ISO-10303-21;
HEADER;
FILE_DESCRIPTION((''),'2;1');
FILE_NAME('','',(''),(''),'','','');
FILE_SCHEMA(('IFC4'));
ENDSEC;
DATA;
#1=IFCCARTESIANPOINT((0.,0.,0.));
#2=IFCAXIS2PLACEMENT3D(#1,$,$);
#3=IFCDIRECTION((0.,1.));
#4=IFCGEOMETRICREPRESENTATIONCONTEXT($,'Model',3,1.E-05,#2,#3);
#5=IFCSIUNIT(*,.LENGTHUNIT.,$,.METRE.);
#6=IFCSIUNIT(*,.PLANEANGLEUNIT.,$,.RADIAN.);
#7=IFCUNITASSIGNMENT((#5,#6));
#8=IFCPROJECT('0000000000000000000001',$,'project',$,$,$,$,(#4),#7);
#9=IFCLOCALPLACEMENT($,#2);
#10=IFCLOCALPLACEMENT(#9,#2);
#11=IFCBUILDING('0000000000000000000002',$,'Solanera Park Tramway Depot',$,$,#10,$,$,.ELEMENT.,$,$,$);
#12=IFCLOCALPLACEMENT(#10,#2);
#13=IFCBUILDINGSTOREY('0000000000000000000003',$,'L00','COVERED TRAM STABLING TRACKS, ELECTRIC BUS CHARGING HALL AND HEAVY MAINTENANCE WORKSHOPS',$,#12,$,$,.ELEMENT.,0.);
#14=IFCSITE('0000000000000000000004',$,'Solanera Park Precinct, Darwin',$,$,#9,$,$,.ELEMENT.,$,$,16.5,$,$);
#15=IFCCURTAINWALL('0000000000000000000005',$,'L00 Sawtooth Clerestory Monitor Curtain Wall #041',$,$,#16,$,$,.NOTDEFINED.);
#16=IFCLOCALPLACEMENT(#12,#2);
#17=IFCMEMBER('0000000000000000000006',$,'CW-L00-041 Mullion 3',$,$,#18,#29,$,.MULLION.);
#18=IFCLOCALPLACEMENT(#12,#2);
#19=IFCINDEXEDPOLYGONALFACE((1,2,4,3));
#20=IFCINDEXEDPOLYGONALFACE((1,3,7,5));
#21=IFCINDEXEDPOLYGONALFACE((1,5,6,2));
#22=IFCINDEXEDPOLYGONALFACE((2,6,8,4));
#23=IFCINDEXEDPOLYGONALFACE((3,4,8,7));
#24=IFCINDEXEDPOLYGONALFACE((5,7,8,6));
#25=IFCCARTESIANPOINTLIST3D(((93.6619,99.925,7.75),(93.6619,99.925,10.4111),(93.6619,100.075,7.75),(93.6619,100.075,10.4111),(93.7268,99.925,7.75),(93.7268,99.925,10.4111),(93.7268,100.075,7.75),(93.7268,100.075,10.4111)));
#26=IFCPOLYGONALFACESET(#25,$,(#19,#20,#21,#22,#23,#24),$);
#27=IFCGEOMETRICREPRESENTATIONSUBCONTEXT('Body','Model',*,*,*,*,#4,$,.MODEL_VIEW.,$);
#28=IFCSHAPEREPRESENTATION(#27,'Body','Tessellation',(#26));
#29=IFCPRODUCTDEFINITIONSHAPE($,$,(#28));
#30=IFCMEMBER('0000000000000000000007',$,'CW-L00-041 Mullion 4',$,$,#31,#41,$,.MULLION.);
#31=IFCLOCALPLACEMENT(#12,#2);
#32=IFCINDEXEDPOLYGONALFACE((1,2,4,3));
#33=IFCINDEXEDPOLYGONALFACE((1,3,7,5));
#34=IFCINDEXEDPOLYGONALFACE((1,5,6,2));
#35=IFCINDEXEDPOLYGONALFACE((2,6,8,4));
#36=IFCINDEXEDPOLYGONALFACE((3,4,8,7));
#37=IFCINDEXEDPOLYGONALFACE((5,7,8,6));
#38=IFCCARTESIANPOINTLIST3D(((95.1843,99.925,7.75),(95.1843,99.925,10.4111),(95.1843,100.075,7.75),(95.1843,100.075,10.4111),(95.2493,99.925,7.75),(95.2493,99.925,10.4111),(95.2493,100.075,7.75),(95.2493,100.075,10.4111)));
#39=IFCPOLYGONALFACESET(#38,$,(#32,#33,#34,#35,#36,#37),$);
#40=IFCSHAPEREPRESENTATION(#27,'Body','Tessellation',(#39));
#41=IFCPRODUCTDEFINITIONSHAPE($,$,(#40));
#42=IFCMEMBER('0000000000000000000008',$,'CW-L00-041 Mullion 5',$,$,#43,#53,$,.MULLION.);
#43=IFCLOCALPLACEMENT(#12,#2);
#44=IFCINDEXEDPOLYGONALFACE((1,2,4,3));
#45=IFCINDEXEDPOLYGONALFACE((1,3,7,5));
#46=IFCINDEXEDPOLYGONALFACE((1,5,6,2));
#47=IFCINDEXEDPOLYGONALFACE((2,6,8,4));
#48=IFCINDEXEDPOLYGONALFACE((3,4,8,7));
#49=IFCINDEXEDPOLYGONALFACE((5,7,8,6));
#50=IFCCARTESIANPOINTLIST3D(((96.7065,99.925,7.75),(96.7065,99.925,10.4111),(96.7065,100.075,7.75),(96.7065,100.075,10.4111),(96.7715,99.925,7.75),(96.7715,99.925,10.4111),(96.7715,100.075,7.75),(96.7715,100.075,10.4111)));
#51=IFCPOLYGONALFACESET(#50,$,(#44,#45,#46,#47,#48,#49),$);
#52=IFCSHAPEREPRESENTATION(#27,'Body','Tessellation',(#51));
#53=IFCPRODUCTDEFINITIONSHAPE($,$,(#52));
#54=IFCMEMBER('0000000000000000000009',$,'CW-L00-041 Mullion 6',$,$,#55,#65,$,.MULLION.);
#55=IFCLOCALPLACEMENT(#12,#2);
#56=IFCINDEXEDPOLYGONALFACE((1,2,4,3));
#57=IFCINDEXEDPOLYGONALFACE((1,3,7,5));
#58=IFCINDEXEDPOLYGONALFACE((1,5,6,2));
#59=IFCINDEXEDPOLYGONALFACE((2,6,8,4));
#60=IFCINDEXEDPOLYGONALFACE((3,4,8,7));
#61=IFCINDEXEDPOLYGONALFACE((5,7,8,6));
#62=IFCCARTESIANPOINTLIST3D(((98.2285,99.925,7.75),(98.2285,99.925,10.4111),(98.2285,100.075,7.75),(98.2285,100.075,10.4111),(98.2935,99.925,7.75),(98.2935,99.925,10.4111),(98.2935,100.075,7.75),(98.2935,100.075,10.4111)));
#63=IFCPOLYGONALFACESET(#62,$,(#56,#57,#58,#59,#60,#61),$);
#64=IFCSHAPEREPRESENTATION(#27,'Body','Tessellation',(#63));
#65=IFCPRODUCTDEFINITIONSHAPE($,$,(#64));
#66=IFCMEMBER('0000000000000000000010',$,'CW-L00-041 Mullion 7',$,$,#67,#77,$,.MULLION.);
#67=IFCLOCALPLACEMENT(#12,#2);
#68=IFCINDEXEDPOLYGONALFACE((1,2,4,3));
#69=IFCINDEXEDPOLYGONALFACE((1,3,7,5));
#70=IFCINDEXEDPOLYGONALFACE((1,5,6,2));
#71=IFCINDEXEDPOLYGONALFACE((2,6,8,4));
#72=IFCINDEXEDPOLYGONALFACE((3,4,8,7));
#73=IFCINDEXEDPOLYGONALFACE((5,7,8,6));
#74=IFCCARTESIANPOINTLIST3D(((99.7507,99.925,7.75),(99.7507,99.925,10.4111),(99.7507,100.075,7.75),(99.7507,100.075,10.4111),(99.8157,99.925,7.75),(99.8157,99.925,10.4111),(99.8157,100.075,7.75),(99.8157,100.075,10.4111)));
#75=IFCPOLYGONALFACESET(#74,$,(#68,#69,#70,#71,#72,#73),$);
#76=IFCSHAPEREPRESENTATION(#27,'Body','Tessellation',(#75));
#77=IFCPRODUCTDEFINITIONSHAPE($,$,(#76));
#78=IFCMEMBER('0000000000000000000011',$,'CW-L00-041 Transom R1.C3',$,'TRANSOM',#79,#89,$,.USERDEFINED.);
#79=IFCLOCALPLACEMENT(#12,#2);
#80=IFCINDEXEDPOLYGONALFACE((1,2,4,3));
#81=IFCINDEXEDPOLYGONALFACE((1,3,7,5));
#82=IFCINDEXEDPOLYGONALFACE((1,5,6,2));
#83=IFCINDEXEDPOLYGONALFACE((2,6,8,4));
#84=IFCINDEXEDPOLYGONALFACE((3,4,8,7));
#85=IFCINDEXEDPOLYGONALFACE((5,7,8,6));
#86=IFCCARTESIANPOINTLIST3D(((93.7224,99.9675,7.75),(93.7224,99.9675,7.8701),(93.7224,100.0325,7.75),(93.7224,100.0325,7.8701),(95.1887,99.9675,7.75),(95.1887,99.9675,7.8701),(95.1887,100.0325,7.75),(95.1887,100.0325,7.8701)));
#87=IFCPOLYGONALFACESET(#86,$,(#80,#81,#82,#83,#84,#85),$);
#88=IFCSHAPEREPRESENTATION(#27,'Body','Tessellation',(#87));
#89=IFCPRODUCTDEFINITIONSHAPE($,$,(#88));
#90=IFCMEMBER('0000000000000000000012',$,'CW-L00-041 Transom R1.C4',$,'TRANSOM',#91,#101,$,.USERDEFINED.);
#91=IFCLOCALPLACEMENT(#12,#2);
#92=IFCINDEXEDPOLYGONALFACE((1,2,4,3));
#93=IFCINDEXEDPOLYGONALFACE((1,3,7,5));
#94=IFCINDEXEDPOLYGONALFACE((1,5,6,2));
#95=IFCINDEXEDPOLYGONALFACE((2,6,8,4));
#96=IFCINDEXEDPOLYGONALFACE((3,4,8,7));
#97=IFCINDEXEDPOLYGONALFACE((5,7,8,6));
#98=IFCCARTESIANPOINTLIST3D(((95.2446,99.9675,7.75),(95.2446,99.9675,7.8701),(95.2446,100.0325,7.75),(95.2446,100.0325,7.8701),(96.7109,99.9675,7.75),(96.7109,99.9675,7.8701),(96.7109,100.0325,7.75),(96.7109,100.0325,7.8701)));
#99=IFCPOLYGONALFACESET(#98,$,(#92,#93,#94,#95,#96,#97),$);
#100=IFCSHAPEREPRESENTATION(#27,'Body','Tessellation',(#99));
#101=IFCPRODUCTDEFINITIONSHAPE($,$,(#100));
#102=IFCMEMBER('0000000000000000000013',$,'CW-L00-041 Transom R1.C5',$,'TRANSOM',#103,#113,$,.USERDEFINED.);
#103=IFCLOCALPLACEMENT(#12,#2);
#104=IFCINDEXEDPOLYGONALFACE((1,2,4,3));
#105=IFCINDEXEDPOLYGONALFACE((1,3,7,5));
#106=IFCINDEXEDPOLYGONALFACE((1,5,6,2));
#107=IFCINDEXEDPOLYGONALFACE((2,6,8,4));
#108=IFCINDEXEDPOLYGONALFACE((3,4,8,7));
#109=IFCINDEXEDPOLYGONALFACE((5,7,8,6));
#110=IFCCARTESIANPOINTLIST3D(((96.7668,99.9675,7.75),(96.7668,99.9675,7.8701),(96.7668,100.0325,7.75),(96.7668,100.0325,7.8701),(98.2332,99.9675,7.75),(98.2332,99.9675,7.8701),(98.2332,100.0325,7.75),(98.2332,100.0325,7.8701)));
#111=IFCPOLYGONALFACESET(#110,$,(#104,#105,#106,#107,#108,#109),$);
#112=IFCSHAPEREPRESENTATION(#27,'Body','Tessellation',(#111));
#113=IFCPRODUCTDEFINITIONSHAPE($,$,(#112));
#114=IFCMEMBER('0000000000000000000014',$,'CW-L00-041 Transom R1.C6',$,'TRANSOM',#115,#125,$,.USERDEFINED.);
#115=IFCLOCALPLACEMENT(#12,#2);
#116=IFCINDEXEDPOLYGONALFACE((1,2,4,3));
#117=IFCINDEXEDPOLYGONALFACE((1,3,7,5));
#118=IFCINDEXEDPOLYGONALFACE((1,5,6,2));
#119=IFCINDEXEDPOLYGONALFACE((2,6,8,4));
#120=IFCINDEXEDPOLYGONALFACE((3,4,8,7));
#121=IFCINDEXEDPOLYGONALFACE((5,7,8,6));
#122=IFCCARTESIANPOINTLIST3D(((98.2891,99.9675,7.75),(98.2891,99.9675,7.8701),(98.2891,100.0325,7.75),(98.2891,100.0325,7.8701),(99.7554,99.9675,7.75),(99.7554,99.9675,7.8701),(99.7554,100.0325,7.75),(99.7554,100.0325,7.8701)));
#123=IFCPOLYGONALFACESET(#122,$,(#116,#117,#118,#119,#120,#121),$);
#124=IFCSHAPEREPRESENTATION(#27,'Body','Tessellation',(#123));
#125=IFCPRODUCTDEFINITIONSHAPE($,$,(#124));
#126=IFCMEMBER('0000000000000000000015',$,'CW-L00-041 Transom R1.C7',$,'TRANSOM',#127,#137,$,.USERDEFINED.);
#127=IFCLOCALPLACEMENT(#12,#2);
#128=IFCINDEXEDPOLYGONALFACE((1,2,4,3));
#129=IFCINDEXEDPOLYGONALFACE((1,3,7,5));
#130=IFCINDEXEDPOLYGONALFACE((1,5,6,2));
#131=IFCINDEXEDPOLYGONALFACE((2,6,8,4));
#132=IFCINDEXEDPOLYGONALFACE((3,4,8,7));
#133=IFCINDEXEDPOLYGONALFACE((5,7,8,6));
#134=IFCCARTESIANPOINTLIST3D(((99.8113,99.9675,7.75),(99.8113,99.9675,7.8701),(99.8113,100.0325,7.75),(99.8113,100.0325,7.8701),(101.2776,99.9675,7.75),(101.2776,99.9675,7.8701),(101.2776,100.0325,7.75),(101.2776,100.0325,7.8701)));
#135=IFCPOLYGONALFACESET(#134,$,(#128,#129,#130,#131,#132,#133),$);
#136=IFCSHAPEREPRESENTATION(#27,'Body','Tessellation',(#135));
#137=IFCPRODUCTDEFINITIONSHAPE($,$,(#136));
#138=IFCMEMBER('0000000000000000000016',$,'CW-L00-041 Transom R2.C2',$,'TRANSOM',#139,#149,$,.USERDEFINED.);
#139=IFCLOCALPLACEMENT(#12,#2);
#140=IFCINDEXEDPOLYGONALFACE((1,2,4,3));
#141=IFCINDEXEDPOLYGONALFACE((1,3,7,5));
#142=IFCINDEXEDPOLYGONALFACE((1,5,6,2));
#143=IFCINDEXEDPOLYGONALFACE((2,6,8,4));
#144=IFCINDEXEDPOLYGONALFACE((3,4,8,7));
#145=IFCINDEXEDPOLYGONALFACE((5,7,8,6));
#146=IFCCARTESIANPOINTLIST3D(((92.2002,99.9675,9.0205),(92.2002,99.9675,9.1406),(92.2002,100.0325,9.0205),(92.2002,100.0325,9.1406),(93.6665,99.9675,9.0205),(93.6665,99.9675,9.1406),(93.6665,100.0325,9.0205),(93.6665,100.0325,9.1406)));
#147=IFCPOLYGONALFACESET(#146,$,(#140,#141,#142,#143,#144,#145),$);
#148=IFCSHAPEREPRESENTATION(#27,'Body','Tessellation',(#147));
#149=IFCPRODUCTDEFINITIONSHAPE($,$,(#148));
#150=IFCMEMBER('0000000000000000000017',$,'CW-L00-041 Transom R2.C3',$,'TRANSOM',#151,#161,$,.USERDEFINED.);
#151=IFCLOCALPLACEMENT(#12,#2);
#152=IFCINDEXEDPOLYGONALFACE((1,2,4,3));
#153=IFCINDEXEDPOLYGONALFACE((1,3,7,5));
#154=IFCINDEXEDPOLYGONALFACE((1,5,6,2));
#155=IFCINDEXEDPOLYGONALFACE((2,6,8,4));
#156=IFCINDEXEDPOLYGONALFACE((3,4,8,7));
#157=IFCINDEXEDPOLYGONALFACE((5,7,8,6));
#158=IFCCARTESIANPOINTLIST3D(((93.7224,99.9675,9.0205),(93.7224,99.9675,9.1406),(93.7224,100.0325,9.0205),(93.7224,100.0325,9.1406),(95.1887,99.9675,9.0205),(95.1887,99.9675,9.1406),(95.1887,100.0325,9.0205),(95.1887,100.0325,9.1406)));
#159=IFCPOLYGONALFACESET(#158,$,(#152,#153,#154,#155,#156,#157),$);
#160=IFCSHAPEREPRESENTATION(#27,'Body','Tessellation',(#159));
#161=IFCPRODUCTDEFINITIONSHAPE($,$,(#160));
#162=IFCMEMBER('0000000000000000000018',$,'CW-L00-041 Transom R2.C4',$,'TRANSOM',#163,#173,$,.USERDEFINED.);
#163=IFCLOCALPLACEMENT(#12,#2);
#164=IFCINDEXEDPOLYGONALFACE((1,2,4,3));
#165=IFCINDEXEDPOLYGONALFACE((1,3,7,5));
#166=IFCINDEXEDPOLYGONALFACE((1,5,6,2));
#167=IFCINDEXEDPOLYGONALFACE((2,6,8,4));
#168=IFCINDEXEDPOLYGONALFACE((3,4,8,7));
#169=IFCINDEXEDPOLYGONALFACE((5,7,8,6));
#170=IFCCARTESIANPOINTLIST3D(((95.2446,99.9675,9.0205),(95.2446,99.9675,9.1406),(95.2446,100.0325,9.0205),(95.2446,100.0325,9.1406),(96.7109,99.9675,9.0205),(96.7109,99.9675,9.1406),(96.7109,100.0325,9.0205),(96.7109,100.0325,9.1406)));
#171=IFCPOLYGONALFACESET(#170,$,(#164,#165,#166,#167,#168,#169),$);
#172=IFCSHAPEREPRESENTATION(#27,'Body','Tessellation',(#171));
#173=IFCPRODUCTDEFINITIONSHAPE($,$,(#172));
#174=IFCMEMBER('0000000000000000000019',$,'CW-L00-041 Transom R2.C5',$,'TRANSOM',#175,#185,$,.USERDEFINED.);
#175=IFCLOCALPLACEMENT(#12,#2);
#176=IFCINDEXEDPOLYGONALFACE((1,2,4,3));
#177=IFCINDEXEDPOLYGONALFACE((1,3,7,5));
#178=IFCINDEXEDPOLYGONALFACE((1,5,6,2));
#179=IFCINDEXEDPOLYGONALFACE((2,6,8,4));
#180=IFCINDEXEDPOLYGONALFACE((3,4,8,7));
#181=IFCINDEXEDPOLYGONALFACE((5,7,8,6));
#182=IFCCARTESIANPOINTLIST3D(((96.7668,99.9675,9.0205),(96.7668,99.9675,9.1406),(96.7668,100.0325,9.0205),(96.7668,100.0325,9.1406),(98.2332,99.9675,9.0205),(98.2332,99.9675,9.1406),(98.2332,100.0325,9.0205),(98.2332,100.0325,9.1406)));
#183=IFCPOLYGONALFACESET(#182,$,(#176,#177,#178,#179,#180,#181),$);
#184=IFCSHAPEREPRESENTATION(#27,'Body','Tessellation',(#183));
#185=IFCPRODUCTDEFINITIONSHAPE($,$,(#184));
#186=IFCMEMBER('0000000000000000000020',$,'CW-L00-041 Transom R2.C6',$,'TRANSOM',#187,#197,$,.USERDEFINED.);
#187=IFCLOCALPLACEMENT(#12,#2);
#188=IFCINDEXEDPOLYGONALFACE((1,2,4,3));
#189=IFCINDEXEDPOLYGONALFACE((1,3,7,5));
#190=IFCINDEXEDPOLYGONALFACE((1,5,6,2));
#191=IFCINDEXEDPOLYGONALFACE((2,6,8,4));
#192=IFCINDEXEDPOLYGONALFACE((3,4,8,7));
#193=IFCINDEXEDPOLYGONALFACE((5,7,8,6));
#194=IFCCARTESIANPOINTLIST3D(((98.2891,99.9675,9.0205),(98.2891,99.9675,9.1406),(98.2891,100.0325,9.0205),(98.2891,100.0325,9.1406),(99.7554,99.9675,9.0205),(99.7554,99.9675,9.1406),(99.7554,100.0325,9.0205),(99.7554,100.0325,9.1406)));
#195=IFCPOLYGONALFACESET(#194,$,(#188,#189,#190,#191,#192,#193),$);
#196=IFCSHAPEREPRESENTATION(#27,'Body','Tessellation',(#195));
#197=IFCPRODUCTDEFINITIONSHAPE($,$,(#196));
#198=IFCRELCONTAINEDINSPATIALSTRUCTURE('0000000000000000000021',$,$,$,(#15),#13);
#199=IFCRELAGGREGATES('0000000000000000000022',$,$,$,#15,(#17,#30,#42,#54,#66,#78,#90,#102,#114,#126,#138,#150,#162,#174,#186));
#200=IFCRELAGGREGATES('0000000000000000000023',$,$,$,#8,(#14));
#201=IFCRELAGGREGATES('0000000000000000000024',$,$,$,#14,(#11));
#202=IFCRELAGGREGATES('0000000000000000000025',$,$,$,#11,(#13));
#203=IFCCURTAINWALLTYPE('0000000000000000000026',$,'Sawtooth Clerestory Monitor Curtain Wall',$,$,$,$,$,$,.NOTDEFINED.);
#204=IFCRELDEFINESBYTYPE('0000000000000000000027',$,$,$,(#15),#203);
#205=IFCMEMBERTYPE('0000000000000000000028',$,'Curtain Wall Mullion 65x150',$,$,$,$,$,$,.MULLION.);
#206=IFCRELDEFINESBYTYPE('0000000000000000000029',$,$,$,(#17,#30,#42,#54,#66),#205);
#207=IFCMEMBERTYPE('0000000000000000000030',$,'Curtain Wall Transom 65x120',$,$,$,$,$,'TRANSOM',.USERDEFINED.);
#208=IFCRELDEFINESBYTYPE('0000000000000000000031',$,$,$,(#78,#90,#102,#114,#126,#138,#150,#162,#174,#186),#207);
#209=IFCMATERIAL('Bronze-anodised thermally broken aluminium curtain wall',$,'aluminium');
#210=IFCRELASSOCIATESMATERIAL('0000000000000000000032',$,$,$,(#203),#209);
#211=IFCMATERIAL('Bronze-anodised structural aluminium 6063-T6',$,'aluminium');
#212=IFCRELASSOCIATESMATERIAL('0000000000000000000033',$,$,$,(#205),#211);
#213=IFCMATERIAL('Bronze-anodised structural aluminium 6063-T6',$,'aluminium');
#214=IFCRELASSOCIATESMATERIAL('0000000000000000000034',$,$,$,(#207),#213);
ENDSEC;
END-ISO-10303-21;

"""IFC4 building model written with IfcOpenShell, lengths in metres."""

from ifc_helpers import new_model, si_unit, direction, frame, origin, origin_2d, place, context, subcontext, project, spatial, rectangle, extrude, material, material_profile, profile_set, type_object, element, aggregate, save


model = new_model("IFC4")

# Units and contexts
model_context = context("Model", 3, precision=1e-05, world=origin(), true_north=direction((0.0, 1.0)))
body_context = subcontext(model_context, "Body", "Model", "MODEL_VIEW")
ifc_project = project(units=[si_unit("LENGTHUNIT", "METRE"), si_unit("PLANEANGLEUNIT", "RADIAN")], contexts=[model_context])

# Site, building, storey
site_placement = place(None, origin())
site = spatial("IfcSite", under=ifc_project, at=site_placement, Name="Solanera Park Precinct, Darwin", CompositionType="ELEMENT", RefElevation=16.5)
building_placement = place(site_placement, origin())
building = spatial("IfcBuilding", under=site, at=building_placement, Name="Solanera Park Tramway Depot", CompositionType="ELEMENT")
storey_placement = place(building_placement, origin())
storey = spatial("IfcBuildingStorey", under=building, at=storey_placement, Name="L00", Description="COVERED TRAM STABLING TRACKS, ELECTRIC BUS CHARGING HALL AND HEAVY MAINTENANCE WORKSHOPS", CompositionType="ELEMENT", Elevation=0.0)

# Curtain wall, members
ifc_material_1 = material(Name="Bronze-anodised thermally broken aluminium curtain wall", Category="aluminium")
curtain_wall_type = type_object("IfcCurtainWallType", Name="Sawtooth Clerestory Monitor Curtain Wall", PredefinedType="NOTDEFINED", material=ifc_material_1)
curtain_wall_placement = place(storey_placement, origin())
curtain_wall = element("IfcCurtainWall", 1, at=curtain_wall_placement, inside=storey, type_object=curtain_wall_type, Name="L00 Sawtooth Clerestory Monitor Curtain Wall #041", PredefinedType="NOTDEFINED")
ifc_material_2 = material(Name="Bronze-anodised structural aluminium 6063-T6", Category="aluminium")
ifc_material_profile_1 = material_profile(ifc_material_2, rectangle(XDim=0.0649, YDim=0.1499, at=origin_2d()), Name="Curtain Wall Mullion 65x150")
ifc_profile_set_1 = profile_set([ifc_material_profile_1], Name="Bronze-anodised structural aluminium 6063-T6")
member_type_1 = type_object("IfcMemberType", Name="Curtain Wall Mullion 65x150", PredefinedType="MULLION", material=ifc_profile_set_1)
member_1_placement = place(storey_placement, frame((93.6943, 100.0, 7.75), z_axis=(0.0, 0.0, 1.0), x_axis=(1.0, 0.0, 0.0)))
member_1 = element("IfcMember", 2, at=member_1_placement, type_object=member_type_1, Name="CW-L00-041 Mullion 3", PredefinedType="MULLION", context=body_context, shape_type="SweptSolid", body=[
    extrude(rectangle(XDim=0.0649, YDim=0.1499, at=origin_2d()), origin(), (0.0, 0.0, 1.0), 2.6611),
])
member_2_placement = place(storey_placement, frame((95.2168, 100.0, 7.75), z_axis=(0.0, 0.0, 1.0), x_axis=(1.0, 0.0, 0.0)))
member_2 = element("IfcMember", 3, at=member_2_placement, type_object=member_type_1, Name="CW-L00-041 Mullion 4", PredefinedType="MULLION", context=body_context, shape_type="SweptSolid", body=[
    extrude(rectangle(XDim=0.0649, YDim=0.1499, at=origin_2d()), origin(), (0.0, 0.0, 1.0), 2.6611),
])
member_3_placement = place(storey_placement, frame((96.739, 100.0, 7.75), z_axis=(0.0, 0.0, 1.0), x_axis=(1.0, 0.0, 0.0)))
member_3 = element("IfcMember", 4, at=member_3_placement, type_object=member_type_1, Name="CW-L00-041 Mullion 5", PredefinedType="MULLION", context=body_context, shape_type="SweptSolid", body=[
    extrude(rectangle(XDim=0.0649, YDim=0.1499, at=origin_2d()), origin(), (0.0, 0.0, 1.0), 2.6611),
])
member_4_placement = place(storey_placement, frame((98.261, 100.0, 7.75), z_axis=(0.0, 0.0, 1.0), x_axis=(1.0, 0.0, 0.0)))
member_4 = element("IfcMember", 5, at=member_4_placement, type_object=member_type_1, Name="CW-L00-041 Mullion 6", PredefinedType="MULLION", context=body_context, shape_type="SweptSolid", body=[
    extrude(rectangle(XDim=0.0649, YDim=0.1499, at=origin_2d()), origin(), (0.0, 0.0, 1.0), 2.6611),
])
member_5_placement = place(storey_placement, frame((99.7832, 100.0, 7.75), z_axis=(0.0, 0.0, 1.0), x_axis=(1.0, 0.0, 0.0)))
member_5 = element("IfcMember", 6, at=member_5_placement, type_object=member_type_1, Name="CW-L00-041 Mullion 7", PredefinedType="MULLION", context=body_context, shape_type="SweptSolid", body=[
    extrude(rectangle(XDim=0.0649, YDim=0.1499, at=origin_2d()), origin(), (0.0, 0.0, 1.0), 2.6611),
])
ifc_material_3 = material(Name="Bronze-anodised structural aluminium 6063-T6", Category="aluminium")
ifc_material_profile_2 = material_profile(ifc_material_3, rectangle(XDim=0.0649, YDim=0.1201, at=origin_2d()), Name="Curtain Wall Transom 65x120")
ifc_profile_set_2 = profile_set([ifc_material_profile_2], Name="Bronze-anodised structural aluminium 6063-T6")
member_type_2 = type_object("IfcMemberType", Name="Curtain Wall Transom 65x120", ElementType="TRANSOM", PredefinedType="USERDEFINED", material=ifc_profile_set_2)
member_6_placement = place(storey_placement, frame((93.7224, 100.0, 7.8101), z_axis=(1.0, 0.0, 0.0), x_axis=(0.0, 1.0, 0.0)))
member_6 = element("IfcMember", 7, at=member_6_placement, type_object=member_type_2, Name="CW-L00-041 Transom R1.C3", ObjectType="TRANSOM", PredefinedType="USERDEFINED", context=body_context, shape_type="SweptSolid", body=[
    extrude(rectangle(XDim=0.0649, YDim=0.1201, at=origin_2d()), origin(), (0.0, 0.0, 1.0), 1.4663),
])
member_7_placement = place(storey_placement, frame((95.2446, 100.0, 7.8101), z_axis=(1.0, 0.0, 0.0), x_axis=(0.0, 1.0, 0.0)))
member_7 = element("IfcMember", 8, at=member_7_placement, type_object=member_type_2, Name="CW-L00-041 Transom R1.C4", ObjectType="TRANSOM", PredefinedType="USERDEFINED", context=body_context, shape_type="SweptSolid", body=[
    extrude(rectangle(XDim=0.0649, YDim=0.1201, at=origin_2d()), origin(), (0.0, 0.0, 1.0), 1.4663),
])
member_8_placement = place(storey_placement, frame((96.7668, 100.0, 7.8101), z_axis=(1.0, 0.0, 0.0), x_axis=(0.0, 1.0, 0.0)))
member_8 = element("IfcMember", 9, at=member_8_placement, type_object=member_type_2, Name="CW-L00-041 Transom R1.C5", ObjectType="TRANSOM", PredefinedType="USERDEFINED", context=body_context, shape_type="SweptSolid", body=[
    extrude(rectangle(XDim=0.0649, YDim=0.1201, at=origin_2d()), origin(), (0.0, 0.0, 1.0), 1.4663),
])
member_9_placement = place(storey_placement, frame((98.2891, 100.0, 7.8101), z_axis=(1.0, 0.0, 0.0), x_axis=(0.0, 1.0, 0.0)))
member_9 = element("IfcMember", 10, at=member_9_placement, type_object=member_type_2, Name="CW-L00-041 Transom R1.C6", ObjectType="TRANSOM", PredefinedType="USERDEFINED", context=body_context, shape_type="SweptSolid", body=[
    extrude(rectangle(XDim=0.0649, YDim=0.1201, at=origin_2d()), origin(), (0.0, 0.0, 1.0), 1.4663),
])
member_10_placement = place(storey_placement, frame((99.8113, 100.0, 7.8101), z_axis=(1.0, 0.0, 0.0), x_axis=(0.0, 1.0, 0.0)))
member_10 = element("IfcMember", 11, at=member_10_placement, type_object=member_type_2, Name="CW-L00-041 Transom R1.C7", ObjectType="TRANSOM", PredefinedType="USERDEFINED", context=body_context, shape_type="SweptSolid", body=[
    extrude(rectangle(XDim=0.0649, YDim=0.1201, at=origin_2d()), origin(), (0.0, 0.0, 1.0), 1.4663),
])
member_11_placement = place(storey_placement, frame((92.2002, 100.0, 9.0806), z_axis=(1.0, 0.0, 0.0), x_axis=(0.0, 1.0, 0.0)))
member_11 = element("IfcMember", 12, at=member_11_placement, type_object=member_type_2, Name="CW-L00-041 Transom R2.C2", ObjectType="TRANSOM", PredefinedType="USERDEFINED", context=body_context, shape_type="SweptSolid", body=[
    extrude(rectangle(XDim=0.0649, YDim=0.1201, at=origin_2d()), origin(), (0.0, 0.0, 1.0), 1.4663),
])
member_12_placement = place(storey_placement, frame((93.7224, 100.0, 9.0806), z_axis=(1.0, 0.0, 0.0), x_axis=(0.0, 1.0, 0.0)))
member_12 = element("IfcMember", 13, at=member_12_placement, type_object=member_type_2, Name="CW-L00-041 Transom R2.C3", ObjectType="TRANSOM", PredefinedType="USERDEFINED", context=body_context, shape_type="SweptSolid", body=[
    extrude(rectangle(XDim=0.0649, YDim=0.1201, at=origin_2d()), origin(), (0.0, 0.0, 1.0), 1.4663),
])
member_13_placement = place(storey_placement, frame((95.2446, 100.0, 9.0806), z_axis=(1.0, 0.0, 0.0), x_axis=(0.0, 1.0, 0.0)))
member_13 = element("IfcMember", 14, at=member_13_placement, type_object=member_type_2, Name="CW-L00-041 Transom R2.C4", ObjectType="TRANSOM", PredefinedType="USERDEFINED", context=body_context, shape_type="SweptSolid", body=[
    extrude(rectangle(XDim=0.0649, YDim=0.1201, at=origin_2d()), origin(), (0.0, 0.0, 1.0), 1.4663),
])
member_14_placement = place(storey_placement, frame((96.7668, 100.0, 9.0806), z_axis=(1.0, 0.0, 0.0), x_axis=(0.0, 1.0, 0.0)))
member_14 = element("IfcMember", 15, at=member_14_placement, type_object=member_type_2, Name="CW-L00-041 Transom R2.C5", ObjectType="TRANSOM", PredefinedType="USERDEFINED", context=body_context, shape_type="SweptSolid", body=[
    extrude(rectangle(XDim=0.0649, YDim=0.1201, at=origin_2d()), origin(), (0.0, 0.0, 1.0), 1.4663),
])
member_15_placement = place(storey_placement, frame((98.2891, 100.0, 9.0806), z_axis=(1.0, 0.0, 0.0), x_axis=(0.0, 1.0, 0.0)))
member_15 = element("IfcMember", 16, at=member_15_placement, type_object=member_type_2, Name="CW-L00-041 Transom R2.C6", ObjectType="TRANSOM", PredefinedType="USERDEFINED", context=body_context, shape_type="SweptSolid", body=[
    extrude(rectangle(XDim=0.0649, YDim=0.1201, at=origin_2d()), origin(), (0.0, 0.0, 1.0), 1.4663),
])
aggregate(curtain_wall, [member_1, member_2, member_3, member_4, member_5, member_6, member_7, member_8, member_9, member_10, member_11, member_12, member_13, member_14, member_15])

save(model, "model.ifc")
